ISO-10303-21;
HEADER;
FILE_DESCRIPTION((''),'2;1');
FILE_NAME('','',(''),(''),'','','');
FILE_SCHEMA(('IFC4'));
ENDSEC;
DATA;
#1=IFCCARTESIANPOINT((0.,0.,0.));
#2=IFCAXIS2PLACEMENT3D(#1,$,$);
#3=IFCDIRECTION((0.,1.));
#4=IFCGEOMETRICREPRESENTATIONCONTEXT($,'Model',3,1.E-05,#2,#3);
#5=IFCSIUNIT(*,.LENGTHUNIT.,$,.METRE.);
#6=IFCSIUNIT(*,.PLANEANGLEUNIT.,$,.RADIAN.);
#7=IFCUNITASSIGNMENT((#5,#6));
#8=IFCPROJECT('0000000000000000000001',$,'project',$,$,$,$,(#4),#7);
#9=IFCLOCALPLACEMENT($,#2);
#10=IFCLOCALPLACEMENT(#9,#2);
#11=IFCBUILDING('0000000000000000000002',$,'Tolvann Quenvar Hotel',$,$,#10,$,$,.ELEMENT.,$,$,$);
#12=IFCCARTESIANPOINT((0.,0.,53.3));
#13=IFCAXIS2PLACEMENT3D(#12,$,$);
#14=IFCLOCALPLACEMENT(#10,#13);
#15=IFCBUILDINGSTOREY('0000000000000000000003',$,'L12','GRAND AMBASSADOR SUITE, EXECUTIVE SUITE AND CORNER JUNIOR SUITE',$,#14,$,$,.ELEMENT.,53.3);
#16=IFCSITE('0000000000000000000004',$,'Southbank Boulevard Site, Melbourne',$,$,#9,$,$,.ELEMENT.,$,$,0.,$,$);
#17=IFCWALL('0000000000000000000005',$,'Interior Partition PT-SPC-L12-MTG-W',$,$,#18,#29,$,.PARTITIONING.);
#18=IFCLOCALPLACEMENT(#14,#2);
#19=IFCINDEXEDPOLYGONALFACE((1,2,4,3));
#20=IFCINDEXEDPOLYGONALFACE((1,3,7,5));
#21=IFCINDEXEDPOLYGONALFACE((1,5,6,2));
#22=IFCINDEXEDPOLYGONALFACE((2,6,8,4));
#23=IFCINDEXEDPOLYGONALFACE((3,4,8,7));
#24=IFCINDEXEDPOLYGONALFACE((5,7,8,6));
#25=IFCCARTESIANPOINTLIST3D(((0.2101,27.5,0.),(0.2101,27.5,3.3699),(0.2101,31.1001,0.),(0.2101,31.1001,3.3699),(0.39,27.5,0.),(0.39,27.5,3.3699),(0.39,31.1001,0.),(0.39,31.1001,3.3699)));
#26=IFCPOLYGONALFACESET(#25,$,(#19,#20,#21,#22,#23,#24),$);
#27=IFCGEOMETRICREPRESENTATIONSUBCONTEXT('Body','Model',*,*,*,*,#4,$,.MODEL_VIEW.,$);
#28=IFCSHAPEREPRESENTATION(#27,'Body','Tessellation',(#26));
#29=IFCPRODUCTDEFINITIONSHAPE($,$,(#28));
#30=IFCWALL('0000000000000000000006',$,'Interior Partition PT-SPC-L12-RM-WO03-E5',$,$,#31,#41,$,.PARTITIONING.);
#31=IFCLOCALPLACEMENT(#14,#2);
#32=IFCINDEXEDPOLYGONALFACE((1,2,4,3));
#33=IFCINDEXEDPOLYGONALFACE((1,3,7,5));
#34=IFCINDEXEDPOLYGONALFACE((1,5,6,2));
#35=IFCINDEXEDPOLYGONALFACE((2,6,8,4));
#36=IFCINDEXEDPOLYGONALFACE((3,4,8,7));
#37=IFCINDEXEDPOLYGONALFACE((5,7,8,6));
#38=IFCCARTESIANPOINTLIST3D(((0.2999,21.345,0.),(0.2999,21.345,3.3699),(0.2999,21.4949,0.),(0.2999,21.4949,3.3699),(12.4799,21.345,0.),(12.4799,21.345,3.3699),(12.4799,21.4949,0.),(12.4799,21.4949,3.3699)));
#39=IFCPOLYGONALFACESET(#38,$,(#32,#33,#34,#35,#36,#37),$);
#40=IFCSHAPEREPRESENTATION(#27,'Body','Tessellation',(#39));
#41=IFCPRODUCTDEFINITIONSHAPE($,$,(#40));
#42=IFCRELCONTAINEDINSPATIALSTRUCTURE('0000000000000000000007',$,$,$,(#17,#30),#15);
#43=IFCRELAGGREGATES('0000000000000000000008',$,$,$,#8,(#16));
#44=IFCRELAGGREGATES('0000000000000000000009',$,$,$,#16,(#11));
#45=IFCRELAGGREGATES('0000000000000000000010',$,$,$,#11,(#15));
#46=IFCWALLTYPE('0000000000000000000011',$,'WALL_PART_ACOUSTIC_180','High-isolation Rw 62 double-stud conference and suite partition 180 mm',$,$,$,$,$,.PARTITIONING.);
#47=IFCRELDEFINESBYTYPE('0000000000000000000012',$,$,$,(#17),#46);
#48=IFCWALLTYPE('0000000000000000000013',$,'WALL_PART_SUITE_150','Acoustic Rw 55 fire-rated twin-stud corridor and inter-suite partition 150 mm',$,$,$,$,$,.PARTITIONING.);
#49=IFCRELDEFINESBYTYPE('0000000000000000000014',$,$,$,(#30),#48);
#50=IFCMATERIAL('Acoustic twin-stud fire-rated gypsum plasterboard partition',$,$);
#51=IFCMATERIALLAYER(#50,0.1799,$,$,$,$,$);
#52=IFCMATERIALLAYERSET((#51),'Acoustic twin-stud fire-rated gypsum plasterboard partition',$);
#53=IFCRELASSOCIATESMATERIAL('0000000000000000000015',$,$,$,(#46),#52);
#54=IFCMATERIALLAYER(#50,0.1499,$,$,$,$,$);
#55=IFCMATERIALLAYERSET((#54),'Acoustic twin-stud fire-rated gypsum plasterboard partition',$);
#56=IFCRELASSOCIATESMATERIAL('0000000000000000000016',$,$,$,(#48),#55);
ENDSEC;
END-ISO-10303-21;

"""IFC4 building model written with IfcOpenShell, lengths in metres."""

from ifc_helpers import new_model, si_unit, direction, frame, frame_2d, origin, place, context, subcontext, project, spatial, rectangle, extrude, material, layer, layer_set, type_object, element, save


model = new_model("IFC4")

# Units and contexts
model_context = context("Model", 3, precision=1e-05, world=origin(), true_north=direction((0.0, 1.0)))
body_context = subcontext(model_context, "Body", "Model", "MODEL_VIEW")
ifc_project = project(units=[si_unit("LENGTHUNIT", "METRE"), si_unit("PLANEANGLEUNIT", "RADIAN")], contexts=[model_context])

# Site, building, storey
site_placement = place(None, origin())
site = spatial("IfcSite", under=ifc_project, at=site_placement, Name="Southbank Boulevard Site, Melbourne", CompositionType="ELEMENT", RefElevation=0.0)
building_placement = place(site_placement, origin())
building = spatial("IfcBuilding", under=site, at=building_placement, Name="Tolvann Quenvar Hotel", CompositionType="ELEMENT")
storey_placement = place(building_placement, frame((0.0, 0.0, 53.3)))
storey = spatial("IfcBuildingStorey", under=building, at=storey_placement, Name="L12", Description="GRAND AMBASSADOR SUITE, EXECUTIVE SUITE AND CORNER JUNIOR SUITE", CompositionType="ELEMENT", Elevation=53.3)

# Shared definitions
ifc_material_1 = material(Name="Acoustic twin-stud fire-rated gypsum plasterboard partition")
ifc_layer_1 = layer(ifc_material_1, 0.1799)
ifc_layer_set_1 = layer_set([ifc_layer_1], Name="Acoustic twin-stud fire-rated gypsum plasterboard partition")
wall_type_1 = type_object("IfcWallType", Name="WALL_PART_ACOUSTIC_180", Description="High-isolation Rw 62 double-stud conference and suite partition 180 mm", PredefinedType="PARTITIONING", material=ifc_layer_set_1)

# Walls
wall_1_placement = place(storey_placement, frame((0.3, 27.5, 0.0), z_axis=(0.0, 0.0, 1.0), x_axis=(0.0, 1.0, 0.0)))
element("IfcWall", 1, at=wall_1_placement, inside=storey, type_object=wall_type_1, Name="Interior Partition PT-SPC-L12-MTG-W", PredefinedType="PARTITIONING", context=body_context, shape_type="SweptSolid", body=[
    extrude(rectangle(XDim=3.6001, YDim=0.1799, at=frame_2d((1.8, 0.0))), origin(), (0.0, 0.0, 1.0), 3.3699),
])
ifc_layer_2 = layer(ifc_material_1, 0.1499)
ifc_layer_set_2 = layer_set([ifc_layer_2], Name="Acoustic twin-stud fire-rated gypsum plasterboard partition")
wall_type_2 = type_object("IfcWallType", Name="WALL_PART_SUITE_150", Description="Acoustic Rw 55 fire-rated twin-stud corridor and inter-suite partition 150 mm", PredefinedType="PARTITIONING", material=ifc_layer_set_2)
wall_2_placement = place(storey_placement, frame((0.3, 21.4199, 0.0), z_axis=(0.0, 0.0, 1.0), x_axis=(1.0, 0.0, 0.0)))
element("IfcWall", 2, at=wall_2_placement, inside=storey, type_object=wall_type_2, Name="Interior Partition PT-SPC-L12-RM-WO03-E5", PredefinedType="PARTITIONING", context=body_context, shape_type="SweptSolid", body=[
    extrude(rectangle(XDim=12.1799, YDim=0.1499, at=frame_2d((6.0898, 0.0))), origin(), (0.0, 0.0, 1.0), 3.3699),
])

save(model, "model.ifc")
